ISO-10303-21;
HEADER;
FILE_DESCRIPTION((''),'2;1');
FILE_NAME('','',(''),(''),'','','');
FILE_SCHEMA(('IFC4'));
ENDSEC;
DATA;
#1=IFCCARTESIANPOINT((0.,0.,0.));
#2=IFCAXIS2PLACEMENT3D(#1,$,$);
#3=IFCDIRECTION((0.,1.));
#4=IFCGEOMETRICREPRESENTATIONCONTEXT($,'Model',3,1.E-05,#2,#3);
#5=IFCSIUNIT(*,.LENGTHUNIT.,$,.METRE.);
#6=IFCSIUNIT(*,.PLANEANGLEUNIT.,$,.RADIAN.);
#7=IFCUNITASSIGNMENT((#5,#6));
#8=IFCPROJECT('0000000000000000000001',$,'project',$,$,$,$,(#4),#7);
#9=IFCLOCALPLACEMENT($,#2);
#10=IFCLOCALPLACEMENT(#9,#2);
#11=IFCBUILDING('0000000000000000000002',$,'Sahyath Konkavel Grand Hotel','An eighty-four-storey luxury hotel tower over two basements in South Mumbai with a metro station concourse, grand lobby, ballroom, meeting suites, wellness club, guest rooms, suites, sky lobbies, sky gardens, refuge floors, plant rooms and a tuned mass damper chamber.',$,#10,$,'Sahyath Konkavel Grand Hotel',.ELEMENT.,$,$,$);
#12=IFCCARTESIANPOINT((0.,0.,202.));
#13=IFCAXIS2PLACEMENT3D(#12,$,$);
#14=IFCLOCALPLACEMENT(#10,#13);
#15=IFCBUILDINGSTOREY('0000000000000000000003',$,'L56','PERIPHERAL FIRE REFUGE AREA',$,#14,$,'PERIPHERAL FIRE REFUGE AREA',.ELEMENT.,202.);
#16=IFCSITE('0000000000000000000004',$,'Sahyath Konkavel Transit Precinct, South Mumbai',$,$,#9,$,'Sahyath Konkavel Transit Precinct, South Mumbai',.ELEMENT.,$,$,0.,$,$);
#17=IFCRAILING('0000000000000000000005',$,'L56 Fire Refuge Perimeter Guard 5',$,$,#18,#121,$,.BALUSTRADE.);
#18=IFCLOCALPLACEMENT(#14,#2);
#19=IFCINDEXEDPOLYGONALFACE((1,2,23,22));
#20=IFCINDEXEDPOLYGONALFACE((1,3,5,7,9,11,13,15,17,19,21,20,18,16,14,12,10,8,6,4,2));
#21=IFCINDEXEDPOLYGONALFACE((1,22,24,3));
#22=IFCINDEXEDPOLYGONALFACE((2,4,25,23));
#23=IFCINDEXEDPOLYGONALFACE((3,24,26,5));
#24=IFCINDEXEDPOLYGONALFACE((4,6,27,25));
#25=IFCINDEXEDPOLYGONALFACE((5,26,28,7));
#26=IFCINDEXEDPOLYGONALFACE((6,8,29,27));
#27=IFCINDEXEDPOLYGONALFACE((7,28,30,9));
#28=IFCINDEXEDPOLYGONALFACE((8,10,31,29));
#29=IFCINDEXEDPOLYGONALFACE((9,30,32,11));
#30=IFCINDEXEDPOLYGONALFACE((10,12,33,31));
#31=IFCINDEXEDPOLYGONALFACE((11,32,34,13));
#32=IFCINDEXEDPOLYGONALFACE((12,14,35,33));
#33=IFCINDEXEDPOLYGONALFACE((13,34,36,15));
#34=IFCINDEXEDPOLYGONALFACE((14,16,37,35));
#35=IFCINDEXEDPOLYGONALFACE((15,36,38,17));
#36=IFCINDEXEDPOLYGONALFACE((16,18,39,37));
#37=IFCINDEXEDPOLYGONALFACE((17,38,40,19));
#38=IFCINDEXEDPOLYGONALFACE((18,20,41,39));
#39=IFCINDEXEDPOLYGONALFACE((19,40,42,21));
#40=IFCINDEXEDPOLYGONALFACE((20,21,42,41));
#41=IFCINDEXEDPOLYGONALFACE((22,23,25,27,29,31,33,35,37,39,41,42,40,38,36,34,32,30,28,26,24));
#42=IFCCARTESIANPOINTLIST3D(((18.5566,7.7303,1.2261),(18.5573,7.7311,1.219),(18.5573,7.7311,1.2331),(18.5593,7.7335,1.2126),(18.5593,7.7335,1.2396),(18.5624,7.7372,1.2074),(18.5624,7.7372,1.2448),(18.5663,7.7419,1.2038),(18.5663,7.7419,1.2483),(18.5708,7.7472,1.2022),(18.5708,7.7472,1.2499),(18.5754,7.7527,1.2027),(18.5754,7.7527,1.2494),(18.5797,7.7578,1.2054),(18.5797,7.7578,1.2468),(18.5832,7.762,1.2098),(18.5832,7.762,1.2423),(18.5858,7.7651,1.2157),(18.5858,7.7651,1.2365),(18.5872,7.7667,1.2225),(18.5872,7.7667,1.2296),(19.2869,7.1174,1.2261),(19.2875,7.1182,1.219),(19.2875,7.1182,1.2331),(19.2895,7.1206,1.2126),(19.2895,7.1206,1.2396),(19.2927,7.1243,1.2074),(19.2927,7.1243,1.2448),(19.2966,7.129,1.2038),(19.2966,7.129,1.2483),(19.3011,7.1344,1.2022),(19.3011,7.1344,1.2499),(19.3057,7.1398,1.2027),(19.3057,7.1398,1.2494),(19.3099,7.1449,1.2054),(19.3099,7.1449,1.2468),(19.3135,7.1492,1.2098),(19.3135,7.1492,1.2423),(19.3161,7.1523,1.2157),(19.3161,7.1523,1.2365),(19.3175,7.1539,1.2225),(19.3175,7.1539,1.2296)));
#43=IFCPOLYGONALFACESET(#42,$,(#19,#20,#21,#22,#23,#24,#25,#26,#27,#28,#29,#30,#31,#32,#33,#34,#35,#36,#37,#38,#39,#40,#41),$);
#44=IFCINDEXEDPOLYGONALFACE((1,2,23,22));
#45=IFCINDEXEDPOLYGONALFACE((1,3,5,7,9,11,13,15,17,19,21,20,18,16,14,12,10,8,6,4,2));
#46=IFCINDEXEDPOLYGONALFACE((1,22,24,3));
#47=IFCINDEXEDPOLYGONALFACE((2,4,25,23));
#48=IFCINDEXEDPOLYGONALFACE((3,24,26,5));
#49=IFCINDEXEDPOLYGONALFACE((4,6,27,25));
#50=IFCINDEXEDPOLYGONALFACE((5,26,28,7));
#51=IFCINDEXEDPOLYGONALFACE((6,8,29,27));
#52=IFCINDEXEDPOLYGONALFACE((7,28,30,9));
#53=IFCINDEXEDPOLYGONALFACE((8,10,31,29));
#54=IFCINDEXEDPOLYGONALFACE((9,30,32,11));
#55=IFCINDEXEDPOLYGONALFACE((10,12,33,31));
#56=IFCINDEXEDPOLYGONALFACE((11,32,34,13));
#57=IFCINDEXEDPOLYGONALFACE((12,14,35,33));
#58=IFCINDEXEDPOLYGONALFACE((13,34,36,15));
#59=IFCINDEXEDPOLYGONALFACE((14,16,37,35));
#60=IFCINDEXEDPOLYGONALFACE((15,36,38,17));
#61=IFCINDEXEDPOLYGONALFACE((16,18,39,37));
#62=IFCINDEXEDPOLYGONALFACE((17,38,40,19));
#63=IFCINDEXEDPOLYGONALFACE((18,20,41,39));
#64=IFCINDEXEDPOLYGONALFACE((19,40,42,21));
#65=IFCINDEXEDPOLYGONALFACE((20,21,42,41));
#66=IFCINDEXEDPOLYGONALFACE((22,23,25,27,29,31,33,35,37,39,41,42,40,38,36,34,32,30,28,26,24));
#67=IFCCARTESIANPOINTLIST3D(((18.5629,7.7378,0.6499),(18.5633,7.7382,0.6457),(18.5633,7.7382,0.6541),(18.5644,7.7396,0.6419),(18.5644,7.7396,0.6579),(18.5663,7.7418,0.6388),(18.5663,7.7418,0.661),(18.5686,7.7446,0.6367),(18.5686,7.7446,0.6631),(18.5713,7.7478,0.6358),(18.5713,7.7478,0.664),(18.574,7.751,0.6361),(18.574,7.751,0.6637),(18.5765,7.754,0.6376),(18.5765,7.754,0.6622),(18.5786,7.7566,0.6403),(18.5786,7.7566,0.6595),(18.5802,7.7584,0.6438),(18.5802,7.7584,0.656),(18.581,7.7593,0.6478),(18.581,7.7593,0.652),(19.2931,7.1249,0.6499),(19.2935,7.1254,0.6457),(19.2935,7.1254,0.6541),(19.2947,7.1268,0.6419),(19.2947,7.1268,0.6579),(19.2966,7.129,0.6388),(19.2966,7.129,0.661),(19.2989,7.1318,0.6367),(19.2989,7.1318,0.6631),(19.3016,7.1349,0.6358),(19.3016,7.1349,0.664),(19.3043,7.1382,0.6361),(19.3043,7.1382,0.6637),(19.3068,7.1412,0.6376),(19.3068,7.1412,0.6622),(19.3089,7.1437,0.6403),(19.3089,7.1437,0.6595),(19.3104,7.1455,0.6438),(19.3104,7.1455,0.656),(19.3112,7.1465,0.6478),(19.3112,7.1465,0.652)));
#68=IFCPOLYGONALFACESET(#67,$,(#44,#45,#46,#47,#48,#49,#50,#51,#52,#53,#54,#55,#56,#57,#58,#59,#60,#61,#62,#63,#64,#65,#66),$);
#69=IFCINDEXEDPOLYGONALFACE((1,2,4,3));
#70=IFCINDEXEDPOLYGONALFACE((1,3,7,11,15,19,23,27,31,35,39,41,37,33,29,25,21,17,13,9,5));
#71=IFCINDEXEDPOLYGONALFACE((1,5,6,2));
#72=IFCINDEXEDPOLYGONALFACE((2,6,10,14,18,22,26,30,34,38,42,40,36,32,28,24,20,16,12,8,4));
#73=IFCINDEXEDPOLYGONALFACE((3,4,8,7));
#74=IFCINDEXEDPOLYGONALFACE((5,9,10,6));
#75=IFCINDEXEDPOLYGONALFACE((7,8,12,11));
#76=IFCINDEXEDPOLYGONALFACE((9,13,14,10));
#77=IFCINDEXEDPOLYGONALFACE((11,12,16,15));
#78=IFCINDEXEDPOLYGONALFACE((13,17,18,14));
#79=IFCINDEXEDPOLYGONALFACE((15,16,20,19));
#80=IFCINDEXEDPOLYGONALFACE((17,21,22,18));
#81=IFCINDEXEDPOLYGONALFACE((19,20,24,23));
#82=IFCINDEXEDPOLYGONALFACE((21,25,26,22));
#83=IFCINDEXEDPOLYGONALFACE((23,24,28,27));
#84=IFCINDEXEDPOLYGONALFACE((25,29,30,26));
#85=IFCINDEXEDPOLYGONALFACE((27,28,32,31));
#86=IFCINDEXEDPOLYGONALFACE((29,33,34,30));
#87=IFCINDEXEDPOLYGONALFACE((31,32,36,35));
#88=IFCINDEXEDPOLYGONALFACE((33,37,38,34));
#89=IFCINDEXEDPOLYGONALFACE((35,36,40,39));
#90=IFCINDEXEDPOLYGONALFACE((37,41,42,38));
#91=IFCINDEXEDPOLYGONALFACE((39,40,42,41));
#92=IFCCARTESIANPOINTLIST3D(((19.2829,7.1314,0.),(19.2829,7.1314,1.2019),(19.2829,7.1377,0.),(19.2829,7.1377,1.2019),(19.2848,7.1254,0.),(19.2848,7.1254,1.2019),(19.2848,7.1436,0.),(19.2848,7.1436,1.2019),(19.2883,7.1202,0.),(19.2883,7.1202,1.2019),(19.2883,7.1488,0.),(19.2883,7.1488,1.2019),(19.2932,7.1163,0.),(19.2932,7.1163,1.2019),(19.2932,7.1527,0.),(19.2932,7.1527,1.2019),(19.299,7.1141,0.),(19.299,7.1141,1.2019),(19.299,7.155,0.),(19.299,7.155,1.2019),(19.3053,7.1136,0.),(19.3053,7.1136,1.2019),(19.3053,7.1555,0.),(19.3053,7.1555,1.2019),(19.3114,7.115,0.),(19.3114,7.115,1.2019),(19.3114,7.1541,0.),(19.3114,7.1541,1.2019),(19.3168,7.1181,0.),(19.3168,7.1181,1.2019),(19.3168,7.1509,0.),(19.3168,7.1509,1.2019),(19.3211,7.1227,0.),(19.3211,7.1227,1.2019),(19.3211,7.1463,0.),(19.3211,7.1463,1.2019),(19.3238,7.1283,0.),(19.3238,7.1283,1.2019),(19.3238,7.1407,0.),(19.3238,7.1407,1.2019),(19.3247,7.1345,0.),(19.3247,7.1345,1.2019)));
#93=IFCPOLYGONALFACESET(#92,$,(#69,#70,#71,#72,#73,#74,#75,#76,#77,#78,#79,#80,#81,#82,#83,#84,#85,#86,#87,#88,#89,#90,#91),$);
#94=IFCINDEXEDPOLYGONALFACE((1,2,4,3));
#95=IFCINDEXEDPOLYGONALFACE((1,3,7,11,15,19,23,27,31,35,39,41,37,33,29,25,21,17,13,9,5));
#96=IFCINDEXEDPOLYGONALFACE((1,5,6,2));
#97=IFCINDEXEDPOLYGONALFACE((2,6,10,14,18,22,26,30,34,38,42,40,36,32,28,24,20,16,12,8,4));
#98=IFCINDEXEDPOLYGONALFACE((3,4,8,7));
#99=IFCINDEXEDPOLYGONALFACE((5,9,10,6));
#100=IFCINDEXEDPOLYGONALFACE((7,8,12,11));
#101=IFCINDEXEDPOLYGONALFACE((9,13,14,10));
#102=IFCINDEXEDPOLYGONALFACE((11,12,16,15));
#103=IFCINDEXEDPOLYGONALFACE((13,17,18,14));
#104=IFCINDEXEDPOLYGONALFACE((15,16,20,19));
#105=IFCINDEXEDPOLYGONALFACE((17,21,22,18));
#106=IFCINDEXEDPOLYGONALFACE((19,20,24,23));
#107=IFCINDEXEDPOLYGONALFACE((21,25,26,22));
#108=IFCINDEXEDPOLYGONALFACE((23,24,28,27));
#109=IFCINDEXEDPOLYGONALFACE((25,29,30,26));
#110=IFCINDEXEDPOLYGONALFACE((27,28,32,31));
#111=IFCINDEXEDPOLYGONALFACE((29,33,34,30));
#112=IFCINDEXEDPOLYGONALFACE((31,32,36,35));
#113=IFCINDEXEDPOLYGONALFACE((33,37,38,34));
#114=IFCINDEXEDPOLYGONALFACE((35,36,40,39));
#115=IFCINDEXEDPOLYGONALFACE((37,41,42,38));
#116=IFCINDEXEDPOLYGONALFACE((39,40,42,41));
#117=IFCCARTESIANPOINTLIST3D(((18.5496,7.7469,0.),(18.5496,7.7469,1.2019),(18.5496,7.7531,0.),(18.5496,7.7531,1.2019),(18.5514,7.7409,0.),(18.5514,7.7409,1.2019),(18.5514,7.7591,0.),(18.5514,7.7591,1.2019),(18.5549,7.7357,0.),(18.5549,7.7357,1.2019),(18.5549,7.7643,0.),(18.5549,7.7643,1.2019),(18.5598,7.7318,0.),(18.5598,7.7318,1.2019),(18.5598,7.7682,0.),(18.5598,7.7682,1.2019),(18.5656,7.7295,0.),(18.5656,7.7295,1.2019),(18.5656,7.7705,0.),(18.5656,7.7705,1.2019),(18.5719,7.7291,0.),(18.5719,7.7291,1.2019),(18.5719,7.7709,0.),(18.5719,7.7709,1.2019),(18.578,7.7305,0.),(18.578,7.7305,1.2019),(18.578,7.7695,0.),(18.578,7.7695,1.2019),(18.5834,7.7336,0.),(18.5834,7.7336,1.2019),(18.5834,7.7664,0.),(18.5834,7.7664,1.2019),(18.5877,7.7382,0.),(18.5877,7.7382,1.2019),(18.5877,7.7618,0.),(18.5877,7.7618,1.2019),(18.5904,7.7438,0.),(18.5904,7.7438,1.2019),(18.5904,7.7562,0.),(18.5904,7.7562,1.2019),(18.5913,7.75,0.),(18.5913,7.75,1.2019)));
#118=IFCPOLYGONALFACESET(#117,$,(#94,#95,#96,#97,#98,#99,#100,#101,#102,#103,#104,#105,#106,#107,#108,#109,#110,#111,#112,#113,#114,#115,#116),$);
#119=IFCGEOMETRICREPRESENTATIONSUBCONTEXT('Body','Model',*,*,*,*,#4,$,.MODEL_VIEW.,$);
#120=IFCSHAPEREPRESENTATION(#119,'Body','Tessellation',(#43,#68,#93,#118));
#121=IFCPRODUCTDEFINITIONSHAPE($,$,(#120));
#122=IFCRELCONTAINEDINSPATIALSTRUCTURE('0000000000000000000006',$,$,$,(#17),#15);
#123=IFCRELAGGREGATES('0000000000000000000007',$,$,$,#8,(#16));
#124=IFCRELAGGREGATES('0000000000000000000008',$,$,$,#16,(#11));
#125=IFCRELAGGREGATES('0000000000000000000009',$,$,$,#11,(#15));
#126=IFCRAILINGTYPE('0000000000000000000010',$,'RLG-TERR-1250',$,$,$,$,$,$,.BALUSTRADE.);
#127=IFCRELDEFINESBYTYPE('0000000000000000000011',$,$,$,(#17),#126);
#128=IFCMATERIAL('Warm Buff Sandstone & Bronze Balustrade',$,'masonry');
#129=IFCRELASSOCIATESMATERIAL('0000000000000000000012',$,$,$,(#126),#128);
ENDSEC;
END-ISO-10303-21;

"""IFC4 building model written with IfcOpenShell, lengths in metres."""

from ifc_helpers import new_model, si_unit, direction, frame, origin, origin_2d, place, context, subcontext, project, spatial, circle, extrude, material, type_object, element, save


model = new_model("IFC4")

# Units and contexts
model_context = context("Model", 3, precision=1e-05, world=origin(), true_north=direction((0.0, 1.0)))
body_context = subcontext(model_context, "Body", "Model", "MODEL_VIEW")
ifc_project = project(units=[si_unit("LENGTHUNIT", "METRE"), si_unit("PLANEANGLEUNIT", "RADIAN")], contexts=[model_context])

# Site, building, storey
site_placement = place(None, origin())
site = spatial("IfcSite", under=ifc_project, at=site_placement, Name="Sahyath Konkavel Transit Precinct, South Mumbai", LongName="Sahyath Konkavel Transit Precinct, South Mumbai", CompositionType="ELEMENT", RefElevation=0.0)
building_placement = place(site_placement, origin())
building = spatial("IfcBuilding", under=site, at=building_placement, Name="Sahyath Konkavel Grand Hotel", Description="An eighty-four-storey luxury hotel tower over two basements in South Mumbai with a metro station concourse, grand lobby, ballroom, meeting suites, wellness club, guest rooms, suites, sky lobbies, sky gardens, refuge floors, plant rooms and a tuned mass damper chamber.", LongName="Sahyath Konkavel Grand Hotel", CompositionType="ELEMENT")
storey_placement = place(building_placement, frame((0.0, 0.0, 202.0)))
storey = spatial("IfcBuildingStorey", under=building, at=storey_placement, Name="L56", Description="PERIPHERAL FIRE REFUGE AREA", LongName="PERIPHERAL FIRE REFUGE AREA", CompositionType="ELEMENT", Elevation=202.0)

# Railing
ifc_material_1 = material(Name="Warm Buff Sandstone & Bronze Balustrade", Category="masonry")
railing_type = type_object("IfcRailingType", Name="RLG-TERR-1250", PredefinedType="BALUSTRADE", material=ifc_material_1)
railing_1_placement = place(storey_placement, frame((19.3037, 7.1345, 0.0)))
element("IfcRailing", 1, at=railing_1_placement, inside=storey, type_object=railing_type, Name="L56 Fire Refuge Perimeter Guard 5", PredefinedType="BALUSTRADE", context=body_context, shape_type="SweptSolid", body=[
    extrude(circle(Radius=0.0239, at=origin_2d()), frame((-0.0015, 0.0012, 1.2261), z_axis=(-0.766001, 0.642839, 0.0), x_axis=(-0.642839, -0.766001, 0.0)), (0.0, 0.0, 1.0), 0.9534),
    extrude(circle(Radius=0.0142, at=origin_2d()), frame((-0.0015, 0.0012, 0.6499), z_axis=(-0.766001, 0.642839, 0.0), x_axis=(-0.642839, -0.766001, 0.0)), (0.0, 0.0, 1.0), 0.9534),
    extrude(circle(Radius=0.021, at=origin_2d()), origin(), (0.0, 0.0, 1.0), 1.2019),
    extrude(circle(Radius=0.021, at=origin_2d()), frame((-0.7334, 0.6155, 0.0)), (0.0, 0.0, 1.0), 1.2019),
])

save(model, "model.ifc")
